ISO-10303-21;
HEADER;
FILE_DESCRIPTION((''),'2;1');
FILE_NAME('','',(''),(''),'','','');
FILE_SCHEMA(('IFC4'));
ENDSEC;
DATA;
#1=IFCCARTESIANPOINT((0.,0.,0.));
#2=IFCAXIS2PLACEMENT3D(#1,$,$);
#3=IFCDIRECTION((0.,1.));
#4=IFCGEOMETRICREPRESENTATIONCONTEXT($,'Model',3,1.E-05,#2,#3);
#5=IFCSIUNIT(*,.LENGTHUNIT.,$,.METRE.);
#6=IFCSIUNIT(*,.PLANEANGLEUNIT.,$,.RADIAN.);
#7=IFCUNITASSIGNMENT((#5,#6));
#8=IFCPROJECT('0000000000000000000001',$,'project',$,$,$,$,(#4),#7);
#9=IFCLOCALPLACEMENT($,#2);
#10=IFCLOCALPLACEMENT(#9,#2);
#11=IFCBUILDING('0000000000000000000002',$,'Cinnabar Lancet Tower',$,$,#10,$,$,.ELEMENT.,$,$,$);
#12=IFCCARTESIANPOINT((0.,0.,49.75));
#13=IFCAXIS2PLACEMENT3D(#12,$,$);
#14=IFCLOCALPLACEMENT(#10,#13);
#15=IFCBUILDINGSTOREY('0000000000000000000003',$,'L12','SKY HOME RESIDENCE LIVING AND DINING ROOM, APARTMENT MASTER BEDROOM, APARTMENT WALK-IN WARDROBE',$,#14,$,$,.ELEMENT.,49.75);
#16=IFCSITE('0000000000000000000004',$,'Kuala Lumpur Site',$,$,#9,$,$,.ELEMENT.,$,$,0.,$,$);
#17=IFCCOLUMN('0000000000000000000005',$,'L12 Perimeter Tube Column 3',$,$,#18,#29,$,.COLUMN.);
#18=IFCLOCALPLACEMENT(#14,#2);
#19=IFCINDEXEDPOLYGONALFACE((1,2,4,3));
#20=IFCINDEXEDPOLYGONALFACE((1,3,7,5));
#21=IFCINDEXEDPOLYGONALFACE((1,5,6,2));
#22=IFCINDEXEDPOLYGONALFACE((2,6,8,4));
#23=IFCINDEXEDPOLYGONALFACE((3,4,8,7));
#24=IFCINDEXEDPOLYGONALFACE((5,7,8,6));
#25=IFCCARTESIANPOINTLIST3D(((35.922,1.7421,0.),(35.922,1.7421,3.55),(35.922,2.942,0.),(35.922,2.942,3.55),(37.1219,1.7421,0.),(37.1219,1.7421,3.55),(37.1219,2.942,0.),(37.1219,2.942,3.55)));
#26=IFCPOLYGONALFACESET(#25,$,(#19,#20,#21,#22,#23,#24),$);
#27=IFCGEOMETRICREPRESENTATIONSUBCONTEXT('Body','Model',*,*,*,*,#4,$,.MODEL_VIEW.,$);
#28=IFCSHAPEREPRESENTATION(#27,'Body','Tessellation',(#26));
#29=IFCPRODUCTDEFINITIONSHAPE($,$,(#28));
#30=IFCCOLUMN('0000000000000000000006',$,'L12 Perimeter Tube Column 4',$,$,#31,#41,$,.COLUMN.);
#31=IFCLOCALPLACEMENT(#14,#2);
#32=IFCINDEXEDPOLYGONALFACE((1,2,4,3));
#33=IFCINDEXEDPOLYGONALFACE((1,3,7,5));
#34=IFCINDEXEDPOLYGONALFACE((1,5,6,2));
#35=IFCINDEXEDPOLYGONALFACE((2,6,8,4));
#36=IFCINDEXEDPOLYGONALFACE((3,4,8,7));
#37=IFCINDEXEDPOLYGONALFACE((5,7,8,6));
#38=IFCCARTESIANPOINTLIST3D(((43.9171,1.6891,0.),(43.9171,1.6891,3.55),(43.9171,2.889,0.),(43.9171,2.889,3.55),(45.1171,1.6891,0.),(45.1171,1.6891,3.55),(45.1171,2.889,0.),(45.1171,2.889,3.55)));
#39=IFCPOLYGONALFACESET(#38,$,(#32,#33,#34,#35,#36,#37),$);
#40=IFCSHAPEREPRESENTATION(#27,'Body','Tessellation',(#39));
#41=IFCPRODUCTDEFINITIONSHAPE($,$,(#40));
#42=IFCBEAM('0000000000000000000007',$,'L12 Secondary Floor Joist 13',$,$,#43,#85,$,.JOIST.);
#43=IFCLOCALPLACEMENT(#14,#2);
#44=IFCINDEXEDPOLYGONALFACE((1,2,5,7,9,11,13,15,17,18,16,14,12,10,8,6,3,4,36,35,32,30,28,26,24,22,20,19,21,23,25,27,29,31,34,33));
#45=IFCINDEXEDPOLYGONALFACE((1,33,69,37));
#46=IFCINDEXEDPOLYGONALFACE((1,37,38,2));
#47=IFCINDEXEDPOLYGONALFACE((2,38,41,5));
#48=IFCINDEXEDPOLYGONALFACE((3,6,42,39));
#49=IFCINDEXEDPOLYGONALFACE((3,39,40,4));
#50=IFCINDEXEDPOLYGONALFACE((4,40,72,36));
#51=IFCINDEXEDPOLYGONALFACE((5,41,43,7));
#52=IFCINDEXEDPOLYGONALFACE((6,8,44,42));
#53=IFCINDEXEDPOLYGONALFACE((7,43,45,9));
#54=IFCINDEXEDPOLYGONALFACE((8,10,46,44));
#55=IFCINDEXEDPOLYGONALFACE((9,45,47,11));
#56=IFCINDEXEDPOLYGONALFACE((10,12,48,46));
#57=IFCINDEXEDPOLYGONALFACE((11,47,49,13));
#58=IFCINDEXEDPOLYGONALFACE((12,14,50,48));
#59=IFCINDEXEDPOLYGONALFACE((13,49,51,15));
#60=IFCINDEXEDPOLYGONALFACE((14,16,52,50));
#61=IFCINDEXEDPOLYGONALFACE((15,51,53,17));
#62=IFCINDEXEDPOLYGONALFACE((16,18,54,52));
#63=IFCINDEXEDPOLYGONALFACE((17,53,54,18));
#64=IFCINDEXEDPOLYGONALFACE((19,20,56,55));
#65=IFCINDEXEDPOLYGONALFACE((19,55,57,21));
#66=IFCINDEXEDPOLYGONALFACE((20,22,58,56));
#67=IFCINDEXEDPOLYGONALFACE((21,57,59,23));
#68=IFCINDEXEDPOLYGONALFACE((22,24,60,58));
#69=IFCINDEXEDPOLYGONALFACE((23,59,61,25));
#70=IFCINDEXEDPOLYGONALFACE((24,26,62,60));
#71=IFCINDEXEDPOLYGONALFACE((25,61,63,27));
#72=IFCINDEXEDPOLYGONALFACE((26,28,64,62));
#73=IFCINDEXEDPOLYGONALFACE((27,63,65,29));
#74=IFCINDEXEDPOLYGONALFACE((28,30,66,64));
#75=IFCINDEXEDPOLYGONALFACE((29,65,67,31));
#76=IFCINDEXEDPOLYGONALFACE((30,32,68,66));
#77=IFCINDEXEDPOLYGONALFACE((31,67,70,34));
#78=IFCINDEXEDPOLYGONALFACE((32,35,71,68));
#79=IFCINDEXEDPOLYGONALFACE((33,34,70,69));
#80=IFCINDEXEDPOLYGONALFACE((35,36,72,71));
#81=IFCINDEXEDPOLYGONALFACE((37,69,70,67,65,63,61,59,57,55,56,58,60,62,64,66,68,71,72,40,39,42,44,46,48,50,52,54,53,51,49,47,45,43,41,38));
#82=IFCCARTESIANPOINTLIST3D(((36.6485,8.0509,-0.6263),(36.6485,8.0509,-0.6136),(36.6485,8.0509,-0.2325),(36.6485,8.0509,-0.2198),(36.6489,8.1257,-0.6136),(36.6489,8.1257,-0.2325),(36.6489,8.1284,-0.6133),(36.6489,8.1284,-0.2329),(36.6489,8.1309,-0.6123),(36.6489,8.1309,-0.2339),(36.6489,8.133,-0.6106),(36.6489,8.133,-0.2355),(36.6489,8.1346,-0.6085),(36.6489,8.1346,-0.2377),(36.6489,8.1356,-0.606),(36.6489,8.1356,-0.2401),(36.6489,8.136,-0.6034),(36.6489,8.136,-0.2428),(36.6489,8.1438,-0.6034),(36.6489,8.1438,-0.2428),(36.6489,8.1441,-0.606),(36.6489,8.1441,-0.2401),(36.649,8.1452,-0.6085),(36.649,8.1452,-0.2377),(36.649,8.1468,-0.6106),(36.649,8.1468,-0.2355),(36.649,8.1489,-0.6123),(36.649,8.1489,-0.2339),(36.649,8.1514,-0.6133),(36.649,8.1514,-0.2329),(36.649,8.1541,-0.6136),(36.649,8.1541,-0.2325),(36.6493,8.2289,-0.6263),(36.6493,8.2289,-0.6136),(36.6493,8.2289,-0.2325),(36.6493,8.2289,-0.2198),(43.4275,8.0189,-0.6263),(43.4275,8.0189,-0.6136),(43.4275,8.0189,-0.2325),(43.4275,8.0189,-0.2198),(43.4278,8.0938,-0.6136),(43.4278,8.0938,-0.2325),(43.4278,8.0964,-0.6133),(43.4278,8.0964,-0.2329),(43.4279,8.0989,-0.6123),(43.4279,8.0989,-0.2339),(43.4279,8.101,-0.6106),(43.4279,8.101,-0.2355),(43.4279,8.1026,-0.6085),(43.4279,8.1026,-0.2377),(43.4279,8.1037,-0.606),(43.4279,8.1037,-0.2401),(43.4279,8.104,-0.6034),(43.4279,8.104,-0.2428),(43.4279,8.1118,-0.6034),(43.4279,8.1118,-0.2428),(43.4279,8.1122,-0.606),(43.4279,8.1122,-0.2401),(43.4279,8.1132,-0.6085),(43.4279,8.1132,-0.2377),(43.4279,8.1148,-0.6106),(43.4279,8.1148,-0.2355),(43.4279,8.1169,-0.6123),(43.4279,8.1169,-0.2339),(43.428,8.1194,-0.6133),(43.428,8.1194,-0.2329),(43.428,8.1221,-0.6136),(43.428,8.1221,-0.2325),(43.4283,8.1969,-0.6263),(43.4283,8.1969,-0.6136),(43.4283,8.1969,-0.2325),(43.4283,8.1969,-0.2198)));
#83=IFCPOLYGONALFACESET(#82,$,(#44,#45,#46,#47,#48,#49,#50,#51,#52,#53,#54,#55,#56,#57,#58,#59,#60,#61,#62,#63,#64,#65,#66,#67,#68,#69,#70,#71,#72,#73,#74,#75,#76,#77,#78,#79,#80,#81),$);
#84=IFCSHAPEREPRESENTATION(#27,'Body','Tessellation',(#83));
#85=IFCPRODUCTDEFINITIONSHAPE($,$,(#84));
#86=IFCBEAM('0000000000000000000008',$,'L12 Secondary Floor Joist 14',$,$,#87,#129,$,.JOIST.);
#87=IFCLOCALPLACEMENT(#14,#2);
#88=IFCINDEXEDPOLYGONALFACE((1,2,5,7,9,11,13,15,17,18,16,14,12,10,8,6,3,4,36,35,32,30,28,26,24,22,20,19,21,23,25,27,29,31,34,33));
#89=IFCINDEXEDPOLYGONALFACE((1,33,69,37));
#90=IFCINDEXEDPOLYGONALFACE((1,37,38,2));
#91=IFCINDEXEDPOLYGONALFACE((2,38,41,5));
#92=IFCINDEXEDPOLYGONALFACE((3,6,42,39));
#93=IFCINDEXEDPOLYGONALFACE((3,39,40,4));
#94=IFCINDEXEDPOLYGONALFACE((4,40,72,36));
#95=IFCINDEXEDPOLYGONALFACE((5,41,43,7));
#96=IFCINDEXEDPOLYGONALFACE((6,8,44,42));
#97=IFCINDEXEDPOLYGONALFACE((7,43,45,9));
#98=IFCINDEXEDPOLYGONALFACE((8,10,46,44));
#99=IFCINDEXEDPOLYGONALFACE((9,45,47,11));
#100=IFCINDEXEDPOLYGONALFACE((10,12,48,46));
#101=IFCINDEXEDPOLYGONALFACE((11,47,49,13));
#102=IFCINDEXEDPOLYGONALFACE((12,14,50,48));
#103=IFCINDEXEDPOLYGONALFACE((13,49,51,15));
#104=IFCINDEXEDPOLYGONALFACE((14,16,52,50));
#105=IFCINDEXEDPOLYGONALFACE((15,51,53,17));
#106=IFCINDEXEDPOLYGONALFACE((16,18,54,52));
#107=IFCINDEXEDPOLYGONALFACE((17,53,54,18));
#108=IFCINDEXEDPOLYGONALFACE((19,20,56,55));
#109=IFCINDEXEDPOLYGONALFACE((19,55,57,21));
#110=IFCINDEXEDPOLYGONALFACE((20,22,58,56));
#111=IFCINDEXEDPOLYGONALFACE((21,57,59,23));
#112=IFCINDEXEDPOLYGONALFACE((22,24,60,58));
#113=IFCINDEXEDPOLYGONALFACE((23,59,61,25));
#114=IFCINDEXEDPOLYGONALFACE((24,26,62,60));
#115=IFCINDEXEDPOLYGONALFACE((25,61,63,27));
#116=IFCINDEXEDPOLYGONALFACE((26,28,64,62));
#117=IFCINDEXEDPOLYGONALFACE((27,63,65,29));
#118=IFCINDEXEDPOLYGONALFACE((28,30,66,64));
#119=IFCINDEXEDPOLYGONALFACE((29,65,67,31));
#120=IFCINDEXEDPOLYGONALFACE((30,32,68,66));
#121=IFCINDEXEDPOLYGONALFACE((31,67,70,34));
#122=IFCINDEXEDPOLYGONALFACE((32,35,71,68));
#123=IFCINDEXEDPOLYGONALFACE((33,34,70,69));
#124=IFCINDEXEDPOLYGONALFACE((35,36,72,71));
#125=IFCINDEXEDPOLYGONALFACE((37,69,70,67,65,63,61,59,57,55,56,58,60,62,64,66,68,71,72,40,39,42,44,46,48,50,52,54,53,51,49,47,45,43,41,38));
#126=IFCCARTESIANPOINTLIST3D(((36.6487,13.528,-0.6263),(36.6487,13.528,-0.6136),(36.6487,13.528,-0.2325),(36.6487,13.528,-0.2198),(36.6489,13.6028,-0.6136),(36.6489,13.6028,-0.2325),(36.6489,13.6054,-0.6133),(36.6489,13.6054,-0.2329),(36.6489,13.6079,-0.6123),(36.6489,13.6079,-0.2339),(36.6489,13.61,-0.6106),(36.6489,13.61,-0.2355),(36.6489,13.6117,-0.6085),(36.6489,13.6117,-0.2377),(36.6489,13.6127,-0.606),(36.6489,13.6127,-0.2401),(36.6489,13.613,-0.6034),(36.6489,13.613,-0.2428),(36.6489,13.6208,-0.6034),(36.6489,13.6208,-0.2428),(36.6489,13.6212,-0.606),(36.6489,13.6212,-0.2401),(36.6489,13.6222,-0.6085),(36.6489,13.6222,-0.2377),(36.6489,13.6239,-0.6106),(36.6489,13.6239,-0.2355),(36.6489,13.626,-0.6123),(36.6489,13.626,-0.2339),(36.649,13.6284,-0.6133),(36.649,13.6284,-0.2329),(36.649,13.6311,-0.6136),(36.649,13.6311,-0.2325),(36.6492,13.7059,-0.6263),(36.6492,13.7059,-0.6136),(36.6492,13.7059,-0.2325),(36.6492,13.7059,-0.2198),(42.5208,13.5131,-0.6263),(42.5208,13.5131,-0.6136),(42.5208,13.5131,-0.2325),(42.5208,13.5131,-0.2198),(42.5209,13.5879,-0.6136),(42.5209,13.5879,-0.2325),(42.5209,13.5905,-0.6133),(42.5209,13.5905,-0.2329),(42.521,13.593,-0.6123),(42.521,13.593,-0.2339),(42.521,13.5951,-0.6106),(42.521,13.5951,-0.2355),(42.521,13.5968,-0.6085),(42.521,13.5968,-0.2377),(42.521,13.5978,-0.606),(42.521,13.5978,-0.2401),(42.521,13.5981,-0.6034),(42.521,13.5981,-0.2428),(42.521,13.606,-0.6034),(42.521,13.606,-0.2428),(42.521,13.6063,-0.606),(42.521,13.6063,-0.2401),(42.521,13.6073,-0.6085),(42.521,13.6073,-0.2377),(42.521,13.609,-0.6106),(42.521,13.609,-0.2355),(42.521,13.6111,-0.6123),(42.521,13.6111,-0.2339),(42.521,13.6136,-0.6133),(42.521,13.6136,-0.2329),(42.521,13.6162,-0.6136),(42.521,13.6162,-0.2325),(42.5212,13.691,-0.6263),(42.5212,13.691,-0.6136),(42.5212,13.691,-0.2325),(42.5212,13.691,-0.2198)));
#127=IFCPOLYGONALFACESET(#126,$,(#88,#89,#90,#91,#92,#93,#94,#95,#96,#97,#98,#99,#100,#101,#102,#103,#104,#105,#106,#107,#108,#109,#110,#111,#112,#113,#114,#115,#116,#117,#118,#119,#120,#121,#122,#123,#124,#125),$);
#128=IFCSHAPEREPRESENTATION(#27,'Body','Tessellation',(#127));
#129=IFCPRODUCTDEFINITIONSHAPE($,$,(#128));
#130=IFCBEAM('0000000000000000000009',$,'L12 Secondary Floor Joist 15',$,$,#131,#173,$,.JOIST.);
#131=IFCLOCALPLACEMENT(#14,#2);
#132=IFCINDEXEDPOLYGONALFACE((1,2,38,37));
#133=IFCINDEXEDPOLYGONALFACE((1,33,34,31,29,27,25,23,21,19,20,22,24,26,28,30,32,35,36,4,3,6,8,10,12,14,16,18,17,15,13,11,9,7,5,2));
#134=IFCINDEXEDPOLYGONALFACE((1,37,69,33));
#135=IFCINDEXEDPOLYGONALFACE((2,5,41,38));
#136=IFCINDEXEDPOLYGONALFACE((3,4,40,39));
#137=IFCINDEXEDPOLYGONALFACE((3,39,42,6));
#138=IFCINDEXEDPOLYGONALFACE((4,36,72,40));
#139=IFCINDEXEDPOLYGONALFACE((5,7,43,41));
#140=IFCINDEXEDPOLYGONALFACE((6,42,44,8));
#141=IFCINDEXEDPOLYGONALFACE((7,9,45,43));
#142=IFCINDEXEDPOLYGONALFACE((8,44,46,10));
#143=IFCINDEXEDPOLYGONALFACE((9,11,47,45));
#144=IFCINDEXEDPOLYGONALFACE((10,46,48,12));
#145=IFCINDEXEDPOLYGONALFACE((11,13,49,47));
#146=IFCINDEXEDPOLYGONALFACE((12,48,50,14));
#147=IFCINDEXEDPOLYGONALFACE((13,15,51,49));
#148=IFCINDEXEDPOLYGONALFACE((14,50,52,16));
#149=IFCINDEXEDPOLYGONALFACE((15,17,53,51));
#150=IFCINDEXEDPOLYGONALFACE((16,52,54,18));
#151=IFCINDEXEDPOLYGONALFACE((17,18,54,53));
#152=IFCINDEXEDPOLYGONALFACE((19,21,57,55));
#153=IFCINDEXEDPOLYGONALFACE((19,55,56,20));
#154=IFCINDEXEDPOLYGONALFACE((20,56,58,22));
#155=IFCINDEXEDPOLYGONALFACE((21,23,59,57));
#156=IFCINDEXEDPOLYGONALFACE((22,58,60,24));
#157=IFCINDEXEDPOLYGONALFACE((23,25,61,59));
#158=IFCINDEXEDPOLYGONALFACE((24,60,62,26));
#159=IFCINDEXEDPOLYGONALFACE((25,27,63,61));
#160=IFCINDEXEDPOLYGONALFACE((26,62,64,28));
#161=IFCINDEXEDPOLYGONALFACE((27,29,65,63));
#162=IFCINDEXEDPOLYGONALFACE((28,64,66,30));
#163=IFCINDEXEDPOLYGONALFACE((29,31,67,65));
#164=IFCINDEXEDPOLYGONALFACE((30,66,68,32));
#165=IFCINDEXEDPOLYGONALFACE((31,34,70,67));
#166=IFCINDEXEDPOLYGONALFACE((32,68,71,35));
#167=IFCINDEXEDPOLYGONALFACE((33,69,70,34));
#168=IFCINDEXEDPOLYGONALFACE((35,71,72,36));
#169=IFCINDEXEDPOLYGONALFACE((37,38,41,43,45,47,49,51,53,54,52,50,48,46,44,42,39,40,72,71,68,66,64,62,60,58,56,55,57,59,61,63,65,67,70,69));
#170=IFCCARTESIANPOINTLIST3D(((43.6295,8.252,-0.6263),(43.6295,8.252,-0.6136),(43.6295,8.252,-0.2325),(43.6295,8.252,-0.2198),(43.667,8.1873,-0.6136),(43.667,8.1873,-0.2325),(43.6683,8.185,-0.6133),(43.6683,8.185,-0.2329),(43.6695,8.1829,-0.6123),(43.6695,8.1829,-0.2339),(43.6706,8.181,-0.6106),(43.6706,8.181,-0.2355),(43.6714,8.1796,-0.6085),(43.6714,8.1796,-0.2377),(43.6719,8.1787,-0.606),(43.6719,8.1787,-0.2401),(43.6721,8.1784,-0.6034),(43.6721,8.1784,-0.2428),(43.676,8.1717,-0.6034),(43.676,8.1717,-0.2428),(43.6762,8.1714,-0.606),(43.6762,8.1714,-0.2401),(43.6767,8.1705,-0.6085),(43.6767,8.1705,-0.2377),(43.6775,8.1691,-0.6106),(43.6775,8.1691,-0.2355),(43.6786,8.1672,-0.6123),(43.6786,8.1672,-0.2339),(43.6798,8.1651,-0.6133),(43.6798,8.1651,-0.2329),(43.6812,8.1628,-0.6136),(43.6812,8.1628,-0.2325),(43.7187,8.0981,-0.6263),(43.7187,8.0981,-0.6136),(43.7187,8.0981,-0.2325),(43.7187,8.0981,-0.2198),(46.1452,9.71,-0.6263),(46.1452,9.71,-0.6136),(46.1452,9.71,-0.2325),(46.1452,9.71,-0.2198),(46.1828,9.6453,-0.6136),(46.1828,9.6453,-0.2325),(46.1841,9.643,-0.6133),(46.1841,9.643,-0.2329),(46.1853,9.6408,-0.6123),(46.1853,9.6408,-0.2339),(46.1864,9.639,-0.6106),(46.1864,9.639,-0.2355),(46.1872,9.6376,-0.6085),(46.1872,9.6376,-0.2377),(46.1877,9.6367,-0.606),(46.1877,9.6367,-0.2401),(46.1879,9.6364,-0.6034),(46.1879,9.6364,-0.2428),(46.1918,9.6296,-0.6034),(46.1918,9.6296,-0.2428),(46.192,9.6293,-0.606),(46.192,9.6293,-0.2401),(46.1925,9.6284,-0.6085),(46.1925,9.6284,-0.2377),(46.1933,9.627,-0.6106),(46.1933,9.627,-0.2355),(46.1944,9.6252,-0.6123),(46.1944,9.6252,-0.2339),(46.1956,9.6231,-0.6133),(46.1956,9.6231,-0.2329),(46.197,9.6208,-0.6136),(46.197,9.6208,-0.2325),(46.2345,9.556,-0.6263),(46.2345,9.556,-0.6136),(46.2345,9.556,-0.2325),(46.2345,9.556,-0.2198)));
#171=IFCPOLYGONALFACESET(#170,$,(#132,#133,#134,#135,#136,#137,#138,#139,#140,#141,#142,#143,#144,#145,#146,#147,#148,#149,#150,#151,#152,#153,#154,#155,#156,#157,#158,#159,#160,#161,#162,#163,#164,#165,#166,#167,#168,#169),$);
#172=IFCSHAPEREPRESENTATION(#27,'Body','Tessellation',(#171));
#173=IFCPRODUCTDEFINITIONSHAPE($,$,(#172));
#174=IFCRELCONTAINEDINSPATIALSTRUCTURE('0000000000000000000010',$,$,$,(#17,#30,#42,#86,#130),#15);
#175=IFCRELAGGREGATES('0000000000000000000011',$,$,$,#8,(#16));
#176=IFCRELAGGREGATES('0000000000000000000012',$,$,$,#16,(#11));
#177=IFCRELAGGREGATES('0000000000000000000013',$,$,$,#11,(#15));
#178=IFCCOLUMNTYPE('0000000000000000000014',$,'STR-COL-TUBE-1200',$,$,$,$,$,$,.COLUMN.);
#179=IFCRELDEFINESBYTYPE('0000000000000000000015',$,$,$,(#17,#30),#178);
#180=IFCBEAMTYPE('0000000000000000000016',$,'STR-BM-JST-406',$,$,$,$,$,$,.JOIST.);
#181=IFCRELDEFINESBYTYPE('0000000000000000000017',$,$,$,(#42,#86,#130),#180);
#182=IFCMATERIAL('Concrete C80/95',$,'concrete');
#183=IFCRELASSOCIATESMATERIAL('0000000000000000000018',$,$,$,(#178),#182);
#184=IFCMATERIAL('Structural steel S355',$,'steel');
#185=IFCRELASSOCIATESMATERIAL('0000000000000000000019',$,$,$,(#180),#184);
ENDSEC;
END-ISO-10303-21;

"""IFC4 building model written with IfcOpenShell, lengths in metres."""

from ifc_helpers import new_model, si_unit, direction, frame, origin, origin_2d, place, context, subcontext, project, spatial, rectangle, i_section, extrude, material, material_profile, profile_set, type_object, element, save


model = new_model("IFC4")

# Units and contexts
model_context = context("Model", 3, precision=1e-05, world=origin(), true_north=direction((0.0, 1.0)))
body_context = subcontext(model_context, "Body", "Model", "MODEL_VIEW")
ifc_project = project(units=[si_unit("LENGTHUNIT", "METRE"), si_unit("PLANEANGLEUNIT", "RADIAN")], contexts=[model_context])

# Site, building, storey
site_placement = place(None, origin())
site = spatial("IfcSite", under=ifc_project, at=site_placement, Name="Kuala Lumpur Site", CompositionType="ELEMENT", RefElevation=0.0)
building_placement = place(site_placement, origin())
building = spatial("IfcBuilding", under=site, at=building_placement, Name="Cinnabar Lancet Tower", CompositionType="ELEMENT")
storey_placement = place(building_placement, frame((0.0, 0.0, 49.75)))
storey = spatial("IfcBuildingStorey", under=building, at=storey_placement, Name="L12", Description="SKY HOME RESIDENCE LIVING AND DINING ROOM, APARTMENT MASTER BEDROOM, APARTMENT WALK-IN WARDROBE", CompositionType="ELEMENT", Elevation=49.75)

# Columns
ifc_material_1 = material(Name="Concrete C80/95", Category="concrete")
ifc_material_profile_1 = material_profile(ifc_material_1, rectangle(XDim=1.2, YDim=1.2, at=origin_2d()), Name="RC-COL 1200x1200")
ifc_profile_set_1 = profile_set([ifc_material_profile_1], Name="Concrete C80/95")
column_type = type_object("IfcColumnType", Name="STR-COL-TUBE-1200", PredefinedType="COLUMN", material=ifc_profile_set_1)
for number, where, z_axis, x_axis, name in (
    (1, (36.522, 2.342, 0.0), (0.0, 0.0, 1.0), (1.0, 0.0, 0.0), "L12 Perimeter Tube Column 3"),
    (2, (44.5171, 2.2891, 0.0), (0.0, 0.0, 1.0), (1.0, 0.0, 0.0), "L12 Perimeter Tube Column 4"),
):
    element("IfcColumn", number, at=place(storey_placement, frame(where, z_axis=z_axis, x_axis=x_axis)), inside=storey, type_object=column_type, Name=name, PredefinedType="COLUMN", context=body_context, shape_type="SweptSolid", body=[
        extrude(rectangle(XDim=1.2, YDim=1.2, at=origin_2d()), origin(), (0.0, 0.0, 1.0), 3.55),
    ])

# Beams
ifc_material_2 = material(Name="Structural steel S355", Category="steel")
ifc_material_profile_2 = material_profile(ifc_material_2, i_section(OverallWidth=0.178, OverallDepth=0.4065, WebThickness=0.0078, FlangeThickness=0.0127, FilletRadius=0.0103, at=origin_2d()), Name="UKB 406x178x60")
ifc_profile_set_2 = profile_set([ifc_material_profile_2], Name="Structural steel S355")
beam_type_1 = type_object("IfcBeamType", Name="STR-BM-JST-406", PredefinedType="JOIST", material=ifc_profile_set_2)
beam_1_placement = place(storey_placement, frame((36.6489, 8.1399, -0.4231), z_axis=(0.999989, -0.004718, 0.0), x_axis=(0.004718, 0.999989, 0.0)))
element("IfcBeam", 3, at=beam_1_placement, inside=storey, type_object=beam_type_1, Name="L12 Secondary Floor Joist 13", PredefinedType="JOIST", context=body_context, shape_type="SweptSolid", body=[
    extrude(i_section(OverallWidth=0.178, OverallDepth=0.4065, WebThickness=0.0078, FlangeThickness=0.0127, FilletRadius=0.0103, at=origin_2d()), origin(), (0.0, 0.0, 1.0), 6.7791),
])
beam_2_placement = place(storey_placement, frame((36.6489, 13.6169, -0.4231), z_axis=(0.999997, -0.002536, 0.0), x_axis=(0.002536, 0.999997, 0.0)))
element("IfcBeam", 4, at=beam_2_placement, inside=storey, type_object=beam_type_1, Name="L12 Secondary Floor Joist 14", PredefinedType="JOIST", context=body_context, shape_type="SweptSolid", body=[
    extrude(i_section(OverallWidth=0.178, OverallDepth=0.4065, WebThickness=0.0078, FlangeThickness=0.0127, FilletRadius=0.0103, at=origin_2d()), origin(), (0.0, 0.0, 1.0), 5.8721),
])
beam_3_placement = place(storey_placement, frame((43.6741, 8.175, -0.4231), z_axis=(0.86521, 0.50141, 0.0), x_axis=(-0.50141, 0.86521, 0.0)))
element("IfcBeam", 5, at=beam_3_placement, inside=storey, type_object=beam_type_1, Name="L12 Secondary Floor Joist 15", PredefinedType="JOIST", context=body_context, shape_type="SweptSolid", body=[
    extrude(i_section(OverallWidth=0.178, OverallDepth=0.4065, WebThickness=0.0078, FlangeThickness=0.0127, FilletRadius=0.0103, at=origin_2d()), origin(), (0.0, 0.0, 1.0), 2.9077),
])

save(model, "model.ifc")
